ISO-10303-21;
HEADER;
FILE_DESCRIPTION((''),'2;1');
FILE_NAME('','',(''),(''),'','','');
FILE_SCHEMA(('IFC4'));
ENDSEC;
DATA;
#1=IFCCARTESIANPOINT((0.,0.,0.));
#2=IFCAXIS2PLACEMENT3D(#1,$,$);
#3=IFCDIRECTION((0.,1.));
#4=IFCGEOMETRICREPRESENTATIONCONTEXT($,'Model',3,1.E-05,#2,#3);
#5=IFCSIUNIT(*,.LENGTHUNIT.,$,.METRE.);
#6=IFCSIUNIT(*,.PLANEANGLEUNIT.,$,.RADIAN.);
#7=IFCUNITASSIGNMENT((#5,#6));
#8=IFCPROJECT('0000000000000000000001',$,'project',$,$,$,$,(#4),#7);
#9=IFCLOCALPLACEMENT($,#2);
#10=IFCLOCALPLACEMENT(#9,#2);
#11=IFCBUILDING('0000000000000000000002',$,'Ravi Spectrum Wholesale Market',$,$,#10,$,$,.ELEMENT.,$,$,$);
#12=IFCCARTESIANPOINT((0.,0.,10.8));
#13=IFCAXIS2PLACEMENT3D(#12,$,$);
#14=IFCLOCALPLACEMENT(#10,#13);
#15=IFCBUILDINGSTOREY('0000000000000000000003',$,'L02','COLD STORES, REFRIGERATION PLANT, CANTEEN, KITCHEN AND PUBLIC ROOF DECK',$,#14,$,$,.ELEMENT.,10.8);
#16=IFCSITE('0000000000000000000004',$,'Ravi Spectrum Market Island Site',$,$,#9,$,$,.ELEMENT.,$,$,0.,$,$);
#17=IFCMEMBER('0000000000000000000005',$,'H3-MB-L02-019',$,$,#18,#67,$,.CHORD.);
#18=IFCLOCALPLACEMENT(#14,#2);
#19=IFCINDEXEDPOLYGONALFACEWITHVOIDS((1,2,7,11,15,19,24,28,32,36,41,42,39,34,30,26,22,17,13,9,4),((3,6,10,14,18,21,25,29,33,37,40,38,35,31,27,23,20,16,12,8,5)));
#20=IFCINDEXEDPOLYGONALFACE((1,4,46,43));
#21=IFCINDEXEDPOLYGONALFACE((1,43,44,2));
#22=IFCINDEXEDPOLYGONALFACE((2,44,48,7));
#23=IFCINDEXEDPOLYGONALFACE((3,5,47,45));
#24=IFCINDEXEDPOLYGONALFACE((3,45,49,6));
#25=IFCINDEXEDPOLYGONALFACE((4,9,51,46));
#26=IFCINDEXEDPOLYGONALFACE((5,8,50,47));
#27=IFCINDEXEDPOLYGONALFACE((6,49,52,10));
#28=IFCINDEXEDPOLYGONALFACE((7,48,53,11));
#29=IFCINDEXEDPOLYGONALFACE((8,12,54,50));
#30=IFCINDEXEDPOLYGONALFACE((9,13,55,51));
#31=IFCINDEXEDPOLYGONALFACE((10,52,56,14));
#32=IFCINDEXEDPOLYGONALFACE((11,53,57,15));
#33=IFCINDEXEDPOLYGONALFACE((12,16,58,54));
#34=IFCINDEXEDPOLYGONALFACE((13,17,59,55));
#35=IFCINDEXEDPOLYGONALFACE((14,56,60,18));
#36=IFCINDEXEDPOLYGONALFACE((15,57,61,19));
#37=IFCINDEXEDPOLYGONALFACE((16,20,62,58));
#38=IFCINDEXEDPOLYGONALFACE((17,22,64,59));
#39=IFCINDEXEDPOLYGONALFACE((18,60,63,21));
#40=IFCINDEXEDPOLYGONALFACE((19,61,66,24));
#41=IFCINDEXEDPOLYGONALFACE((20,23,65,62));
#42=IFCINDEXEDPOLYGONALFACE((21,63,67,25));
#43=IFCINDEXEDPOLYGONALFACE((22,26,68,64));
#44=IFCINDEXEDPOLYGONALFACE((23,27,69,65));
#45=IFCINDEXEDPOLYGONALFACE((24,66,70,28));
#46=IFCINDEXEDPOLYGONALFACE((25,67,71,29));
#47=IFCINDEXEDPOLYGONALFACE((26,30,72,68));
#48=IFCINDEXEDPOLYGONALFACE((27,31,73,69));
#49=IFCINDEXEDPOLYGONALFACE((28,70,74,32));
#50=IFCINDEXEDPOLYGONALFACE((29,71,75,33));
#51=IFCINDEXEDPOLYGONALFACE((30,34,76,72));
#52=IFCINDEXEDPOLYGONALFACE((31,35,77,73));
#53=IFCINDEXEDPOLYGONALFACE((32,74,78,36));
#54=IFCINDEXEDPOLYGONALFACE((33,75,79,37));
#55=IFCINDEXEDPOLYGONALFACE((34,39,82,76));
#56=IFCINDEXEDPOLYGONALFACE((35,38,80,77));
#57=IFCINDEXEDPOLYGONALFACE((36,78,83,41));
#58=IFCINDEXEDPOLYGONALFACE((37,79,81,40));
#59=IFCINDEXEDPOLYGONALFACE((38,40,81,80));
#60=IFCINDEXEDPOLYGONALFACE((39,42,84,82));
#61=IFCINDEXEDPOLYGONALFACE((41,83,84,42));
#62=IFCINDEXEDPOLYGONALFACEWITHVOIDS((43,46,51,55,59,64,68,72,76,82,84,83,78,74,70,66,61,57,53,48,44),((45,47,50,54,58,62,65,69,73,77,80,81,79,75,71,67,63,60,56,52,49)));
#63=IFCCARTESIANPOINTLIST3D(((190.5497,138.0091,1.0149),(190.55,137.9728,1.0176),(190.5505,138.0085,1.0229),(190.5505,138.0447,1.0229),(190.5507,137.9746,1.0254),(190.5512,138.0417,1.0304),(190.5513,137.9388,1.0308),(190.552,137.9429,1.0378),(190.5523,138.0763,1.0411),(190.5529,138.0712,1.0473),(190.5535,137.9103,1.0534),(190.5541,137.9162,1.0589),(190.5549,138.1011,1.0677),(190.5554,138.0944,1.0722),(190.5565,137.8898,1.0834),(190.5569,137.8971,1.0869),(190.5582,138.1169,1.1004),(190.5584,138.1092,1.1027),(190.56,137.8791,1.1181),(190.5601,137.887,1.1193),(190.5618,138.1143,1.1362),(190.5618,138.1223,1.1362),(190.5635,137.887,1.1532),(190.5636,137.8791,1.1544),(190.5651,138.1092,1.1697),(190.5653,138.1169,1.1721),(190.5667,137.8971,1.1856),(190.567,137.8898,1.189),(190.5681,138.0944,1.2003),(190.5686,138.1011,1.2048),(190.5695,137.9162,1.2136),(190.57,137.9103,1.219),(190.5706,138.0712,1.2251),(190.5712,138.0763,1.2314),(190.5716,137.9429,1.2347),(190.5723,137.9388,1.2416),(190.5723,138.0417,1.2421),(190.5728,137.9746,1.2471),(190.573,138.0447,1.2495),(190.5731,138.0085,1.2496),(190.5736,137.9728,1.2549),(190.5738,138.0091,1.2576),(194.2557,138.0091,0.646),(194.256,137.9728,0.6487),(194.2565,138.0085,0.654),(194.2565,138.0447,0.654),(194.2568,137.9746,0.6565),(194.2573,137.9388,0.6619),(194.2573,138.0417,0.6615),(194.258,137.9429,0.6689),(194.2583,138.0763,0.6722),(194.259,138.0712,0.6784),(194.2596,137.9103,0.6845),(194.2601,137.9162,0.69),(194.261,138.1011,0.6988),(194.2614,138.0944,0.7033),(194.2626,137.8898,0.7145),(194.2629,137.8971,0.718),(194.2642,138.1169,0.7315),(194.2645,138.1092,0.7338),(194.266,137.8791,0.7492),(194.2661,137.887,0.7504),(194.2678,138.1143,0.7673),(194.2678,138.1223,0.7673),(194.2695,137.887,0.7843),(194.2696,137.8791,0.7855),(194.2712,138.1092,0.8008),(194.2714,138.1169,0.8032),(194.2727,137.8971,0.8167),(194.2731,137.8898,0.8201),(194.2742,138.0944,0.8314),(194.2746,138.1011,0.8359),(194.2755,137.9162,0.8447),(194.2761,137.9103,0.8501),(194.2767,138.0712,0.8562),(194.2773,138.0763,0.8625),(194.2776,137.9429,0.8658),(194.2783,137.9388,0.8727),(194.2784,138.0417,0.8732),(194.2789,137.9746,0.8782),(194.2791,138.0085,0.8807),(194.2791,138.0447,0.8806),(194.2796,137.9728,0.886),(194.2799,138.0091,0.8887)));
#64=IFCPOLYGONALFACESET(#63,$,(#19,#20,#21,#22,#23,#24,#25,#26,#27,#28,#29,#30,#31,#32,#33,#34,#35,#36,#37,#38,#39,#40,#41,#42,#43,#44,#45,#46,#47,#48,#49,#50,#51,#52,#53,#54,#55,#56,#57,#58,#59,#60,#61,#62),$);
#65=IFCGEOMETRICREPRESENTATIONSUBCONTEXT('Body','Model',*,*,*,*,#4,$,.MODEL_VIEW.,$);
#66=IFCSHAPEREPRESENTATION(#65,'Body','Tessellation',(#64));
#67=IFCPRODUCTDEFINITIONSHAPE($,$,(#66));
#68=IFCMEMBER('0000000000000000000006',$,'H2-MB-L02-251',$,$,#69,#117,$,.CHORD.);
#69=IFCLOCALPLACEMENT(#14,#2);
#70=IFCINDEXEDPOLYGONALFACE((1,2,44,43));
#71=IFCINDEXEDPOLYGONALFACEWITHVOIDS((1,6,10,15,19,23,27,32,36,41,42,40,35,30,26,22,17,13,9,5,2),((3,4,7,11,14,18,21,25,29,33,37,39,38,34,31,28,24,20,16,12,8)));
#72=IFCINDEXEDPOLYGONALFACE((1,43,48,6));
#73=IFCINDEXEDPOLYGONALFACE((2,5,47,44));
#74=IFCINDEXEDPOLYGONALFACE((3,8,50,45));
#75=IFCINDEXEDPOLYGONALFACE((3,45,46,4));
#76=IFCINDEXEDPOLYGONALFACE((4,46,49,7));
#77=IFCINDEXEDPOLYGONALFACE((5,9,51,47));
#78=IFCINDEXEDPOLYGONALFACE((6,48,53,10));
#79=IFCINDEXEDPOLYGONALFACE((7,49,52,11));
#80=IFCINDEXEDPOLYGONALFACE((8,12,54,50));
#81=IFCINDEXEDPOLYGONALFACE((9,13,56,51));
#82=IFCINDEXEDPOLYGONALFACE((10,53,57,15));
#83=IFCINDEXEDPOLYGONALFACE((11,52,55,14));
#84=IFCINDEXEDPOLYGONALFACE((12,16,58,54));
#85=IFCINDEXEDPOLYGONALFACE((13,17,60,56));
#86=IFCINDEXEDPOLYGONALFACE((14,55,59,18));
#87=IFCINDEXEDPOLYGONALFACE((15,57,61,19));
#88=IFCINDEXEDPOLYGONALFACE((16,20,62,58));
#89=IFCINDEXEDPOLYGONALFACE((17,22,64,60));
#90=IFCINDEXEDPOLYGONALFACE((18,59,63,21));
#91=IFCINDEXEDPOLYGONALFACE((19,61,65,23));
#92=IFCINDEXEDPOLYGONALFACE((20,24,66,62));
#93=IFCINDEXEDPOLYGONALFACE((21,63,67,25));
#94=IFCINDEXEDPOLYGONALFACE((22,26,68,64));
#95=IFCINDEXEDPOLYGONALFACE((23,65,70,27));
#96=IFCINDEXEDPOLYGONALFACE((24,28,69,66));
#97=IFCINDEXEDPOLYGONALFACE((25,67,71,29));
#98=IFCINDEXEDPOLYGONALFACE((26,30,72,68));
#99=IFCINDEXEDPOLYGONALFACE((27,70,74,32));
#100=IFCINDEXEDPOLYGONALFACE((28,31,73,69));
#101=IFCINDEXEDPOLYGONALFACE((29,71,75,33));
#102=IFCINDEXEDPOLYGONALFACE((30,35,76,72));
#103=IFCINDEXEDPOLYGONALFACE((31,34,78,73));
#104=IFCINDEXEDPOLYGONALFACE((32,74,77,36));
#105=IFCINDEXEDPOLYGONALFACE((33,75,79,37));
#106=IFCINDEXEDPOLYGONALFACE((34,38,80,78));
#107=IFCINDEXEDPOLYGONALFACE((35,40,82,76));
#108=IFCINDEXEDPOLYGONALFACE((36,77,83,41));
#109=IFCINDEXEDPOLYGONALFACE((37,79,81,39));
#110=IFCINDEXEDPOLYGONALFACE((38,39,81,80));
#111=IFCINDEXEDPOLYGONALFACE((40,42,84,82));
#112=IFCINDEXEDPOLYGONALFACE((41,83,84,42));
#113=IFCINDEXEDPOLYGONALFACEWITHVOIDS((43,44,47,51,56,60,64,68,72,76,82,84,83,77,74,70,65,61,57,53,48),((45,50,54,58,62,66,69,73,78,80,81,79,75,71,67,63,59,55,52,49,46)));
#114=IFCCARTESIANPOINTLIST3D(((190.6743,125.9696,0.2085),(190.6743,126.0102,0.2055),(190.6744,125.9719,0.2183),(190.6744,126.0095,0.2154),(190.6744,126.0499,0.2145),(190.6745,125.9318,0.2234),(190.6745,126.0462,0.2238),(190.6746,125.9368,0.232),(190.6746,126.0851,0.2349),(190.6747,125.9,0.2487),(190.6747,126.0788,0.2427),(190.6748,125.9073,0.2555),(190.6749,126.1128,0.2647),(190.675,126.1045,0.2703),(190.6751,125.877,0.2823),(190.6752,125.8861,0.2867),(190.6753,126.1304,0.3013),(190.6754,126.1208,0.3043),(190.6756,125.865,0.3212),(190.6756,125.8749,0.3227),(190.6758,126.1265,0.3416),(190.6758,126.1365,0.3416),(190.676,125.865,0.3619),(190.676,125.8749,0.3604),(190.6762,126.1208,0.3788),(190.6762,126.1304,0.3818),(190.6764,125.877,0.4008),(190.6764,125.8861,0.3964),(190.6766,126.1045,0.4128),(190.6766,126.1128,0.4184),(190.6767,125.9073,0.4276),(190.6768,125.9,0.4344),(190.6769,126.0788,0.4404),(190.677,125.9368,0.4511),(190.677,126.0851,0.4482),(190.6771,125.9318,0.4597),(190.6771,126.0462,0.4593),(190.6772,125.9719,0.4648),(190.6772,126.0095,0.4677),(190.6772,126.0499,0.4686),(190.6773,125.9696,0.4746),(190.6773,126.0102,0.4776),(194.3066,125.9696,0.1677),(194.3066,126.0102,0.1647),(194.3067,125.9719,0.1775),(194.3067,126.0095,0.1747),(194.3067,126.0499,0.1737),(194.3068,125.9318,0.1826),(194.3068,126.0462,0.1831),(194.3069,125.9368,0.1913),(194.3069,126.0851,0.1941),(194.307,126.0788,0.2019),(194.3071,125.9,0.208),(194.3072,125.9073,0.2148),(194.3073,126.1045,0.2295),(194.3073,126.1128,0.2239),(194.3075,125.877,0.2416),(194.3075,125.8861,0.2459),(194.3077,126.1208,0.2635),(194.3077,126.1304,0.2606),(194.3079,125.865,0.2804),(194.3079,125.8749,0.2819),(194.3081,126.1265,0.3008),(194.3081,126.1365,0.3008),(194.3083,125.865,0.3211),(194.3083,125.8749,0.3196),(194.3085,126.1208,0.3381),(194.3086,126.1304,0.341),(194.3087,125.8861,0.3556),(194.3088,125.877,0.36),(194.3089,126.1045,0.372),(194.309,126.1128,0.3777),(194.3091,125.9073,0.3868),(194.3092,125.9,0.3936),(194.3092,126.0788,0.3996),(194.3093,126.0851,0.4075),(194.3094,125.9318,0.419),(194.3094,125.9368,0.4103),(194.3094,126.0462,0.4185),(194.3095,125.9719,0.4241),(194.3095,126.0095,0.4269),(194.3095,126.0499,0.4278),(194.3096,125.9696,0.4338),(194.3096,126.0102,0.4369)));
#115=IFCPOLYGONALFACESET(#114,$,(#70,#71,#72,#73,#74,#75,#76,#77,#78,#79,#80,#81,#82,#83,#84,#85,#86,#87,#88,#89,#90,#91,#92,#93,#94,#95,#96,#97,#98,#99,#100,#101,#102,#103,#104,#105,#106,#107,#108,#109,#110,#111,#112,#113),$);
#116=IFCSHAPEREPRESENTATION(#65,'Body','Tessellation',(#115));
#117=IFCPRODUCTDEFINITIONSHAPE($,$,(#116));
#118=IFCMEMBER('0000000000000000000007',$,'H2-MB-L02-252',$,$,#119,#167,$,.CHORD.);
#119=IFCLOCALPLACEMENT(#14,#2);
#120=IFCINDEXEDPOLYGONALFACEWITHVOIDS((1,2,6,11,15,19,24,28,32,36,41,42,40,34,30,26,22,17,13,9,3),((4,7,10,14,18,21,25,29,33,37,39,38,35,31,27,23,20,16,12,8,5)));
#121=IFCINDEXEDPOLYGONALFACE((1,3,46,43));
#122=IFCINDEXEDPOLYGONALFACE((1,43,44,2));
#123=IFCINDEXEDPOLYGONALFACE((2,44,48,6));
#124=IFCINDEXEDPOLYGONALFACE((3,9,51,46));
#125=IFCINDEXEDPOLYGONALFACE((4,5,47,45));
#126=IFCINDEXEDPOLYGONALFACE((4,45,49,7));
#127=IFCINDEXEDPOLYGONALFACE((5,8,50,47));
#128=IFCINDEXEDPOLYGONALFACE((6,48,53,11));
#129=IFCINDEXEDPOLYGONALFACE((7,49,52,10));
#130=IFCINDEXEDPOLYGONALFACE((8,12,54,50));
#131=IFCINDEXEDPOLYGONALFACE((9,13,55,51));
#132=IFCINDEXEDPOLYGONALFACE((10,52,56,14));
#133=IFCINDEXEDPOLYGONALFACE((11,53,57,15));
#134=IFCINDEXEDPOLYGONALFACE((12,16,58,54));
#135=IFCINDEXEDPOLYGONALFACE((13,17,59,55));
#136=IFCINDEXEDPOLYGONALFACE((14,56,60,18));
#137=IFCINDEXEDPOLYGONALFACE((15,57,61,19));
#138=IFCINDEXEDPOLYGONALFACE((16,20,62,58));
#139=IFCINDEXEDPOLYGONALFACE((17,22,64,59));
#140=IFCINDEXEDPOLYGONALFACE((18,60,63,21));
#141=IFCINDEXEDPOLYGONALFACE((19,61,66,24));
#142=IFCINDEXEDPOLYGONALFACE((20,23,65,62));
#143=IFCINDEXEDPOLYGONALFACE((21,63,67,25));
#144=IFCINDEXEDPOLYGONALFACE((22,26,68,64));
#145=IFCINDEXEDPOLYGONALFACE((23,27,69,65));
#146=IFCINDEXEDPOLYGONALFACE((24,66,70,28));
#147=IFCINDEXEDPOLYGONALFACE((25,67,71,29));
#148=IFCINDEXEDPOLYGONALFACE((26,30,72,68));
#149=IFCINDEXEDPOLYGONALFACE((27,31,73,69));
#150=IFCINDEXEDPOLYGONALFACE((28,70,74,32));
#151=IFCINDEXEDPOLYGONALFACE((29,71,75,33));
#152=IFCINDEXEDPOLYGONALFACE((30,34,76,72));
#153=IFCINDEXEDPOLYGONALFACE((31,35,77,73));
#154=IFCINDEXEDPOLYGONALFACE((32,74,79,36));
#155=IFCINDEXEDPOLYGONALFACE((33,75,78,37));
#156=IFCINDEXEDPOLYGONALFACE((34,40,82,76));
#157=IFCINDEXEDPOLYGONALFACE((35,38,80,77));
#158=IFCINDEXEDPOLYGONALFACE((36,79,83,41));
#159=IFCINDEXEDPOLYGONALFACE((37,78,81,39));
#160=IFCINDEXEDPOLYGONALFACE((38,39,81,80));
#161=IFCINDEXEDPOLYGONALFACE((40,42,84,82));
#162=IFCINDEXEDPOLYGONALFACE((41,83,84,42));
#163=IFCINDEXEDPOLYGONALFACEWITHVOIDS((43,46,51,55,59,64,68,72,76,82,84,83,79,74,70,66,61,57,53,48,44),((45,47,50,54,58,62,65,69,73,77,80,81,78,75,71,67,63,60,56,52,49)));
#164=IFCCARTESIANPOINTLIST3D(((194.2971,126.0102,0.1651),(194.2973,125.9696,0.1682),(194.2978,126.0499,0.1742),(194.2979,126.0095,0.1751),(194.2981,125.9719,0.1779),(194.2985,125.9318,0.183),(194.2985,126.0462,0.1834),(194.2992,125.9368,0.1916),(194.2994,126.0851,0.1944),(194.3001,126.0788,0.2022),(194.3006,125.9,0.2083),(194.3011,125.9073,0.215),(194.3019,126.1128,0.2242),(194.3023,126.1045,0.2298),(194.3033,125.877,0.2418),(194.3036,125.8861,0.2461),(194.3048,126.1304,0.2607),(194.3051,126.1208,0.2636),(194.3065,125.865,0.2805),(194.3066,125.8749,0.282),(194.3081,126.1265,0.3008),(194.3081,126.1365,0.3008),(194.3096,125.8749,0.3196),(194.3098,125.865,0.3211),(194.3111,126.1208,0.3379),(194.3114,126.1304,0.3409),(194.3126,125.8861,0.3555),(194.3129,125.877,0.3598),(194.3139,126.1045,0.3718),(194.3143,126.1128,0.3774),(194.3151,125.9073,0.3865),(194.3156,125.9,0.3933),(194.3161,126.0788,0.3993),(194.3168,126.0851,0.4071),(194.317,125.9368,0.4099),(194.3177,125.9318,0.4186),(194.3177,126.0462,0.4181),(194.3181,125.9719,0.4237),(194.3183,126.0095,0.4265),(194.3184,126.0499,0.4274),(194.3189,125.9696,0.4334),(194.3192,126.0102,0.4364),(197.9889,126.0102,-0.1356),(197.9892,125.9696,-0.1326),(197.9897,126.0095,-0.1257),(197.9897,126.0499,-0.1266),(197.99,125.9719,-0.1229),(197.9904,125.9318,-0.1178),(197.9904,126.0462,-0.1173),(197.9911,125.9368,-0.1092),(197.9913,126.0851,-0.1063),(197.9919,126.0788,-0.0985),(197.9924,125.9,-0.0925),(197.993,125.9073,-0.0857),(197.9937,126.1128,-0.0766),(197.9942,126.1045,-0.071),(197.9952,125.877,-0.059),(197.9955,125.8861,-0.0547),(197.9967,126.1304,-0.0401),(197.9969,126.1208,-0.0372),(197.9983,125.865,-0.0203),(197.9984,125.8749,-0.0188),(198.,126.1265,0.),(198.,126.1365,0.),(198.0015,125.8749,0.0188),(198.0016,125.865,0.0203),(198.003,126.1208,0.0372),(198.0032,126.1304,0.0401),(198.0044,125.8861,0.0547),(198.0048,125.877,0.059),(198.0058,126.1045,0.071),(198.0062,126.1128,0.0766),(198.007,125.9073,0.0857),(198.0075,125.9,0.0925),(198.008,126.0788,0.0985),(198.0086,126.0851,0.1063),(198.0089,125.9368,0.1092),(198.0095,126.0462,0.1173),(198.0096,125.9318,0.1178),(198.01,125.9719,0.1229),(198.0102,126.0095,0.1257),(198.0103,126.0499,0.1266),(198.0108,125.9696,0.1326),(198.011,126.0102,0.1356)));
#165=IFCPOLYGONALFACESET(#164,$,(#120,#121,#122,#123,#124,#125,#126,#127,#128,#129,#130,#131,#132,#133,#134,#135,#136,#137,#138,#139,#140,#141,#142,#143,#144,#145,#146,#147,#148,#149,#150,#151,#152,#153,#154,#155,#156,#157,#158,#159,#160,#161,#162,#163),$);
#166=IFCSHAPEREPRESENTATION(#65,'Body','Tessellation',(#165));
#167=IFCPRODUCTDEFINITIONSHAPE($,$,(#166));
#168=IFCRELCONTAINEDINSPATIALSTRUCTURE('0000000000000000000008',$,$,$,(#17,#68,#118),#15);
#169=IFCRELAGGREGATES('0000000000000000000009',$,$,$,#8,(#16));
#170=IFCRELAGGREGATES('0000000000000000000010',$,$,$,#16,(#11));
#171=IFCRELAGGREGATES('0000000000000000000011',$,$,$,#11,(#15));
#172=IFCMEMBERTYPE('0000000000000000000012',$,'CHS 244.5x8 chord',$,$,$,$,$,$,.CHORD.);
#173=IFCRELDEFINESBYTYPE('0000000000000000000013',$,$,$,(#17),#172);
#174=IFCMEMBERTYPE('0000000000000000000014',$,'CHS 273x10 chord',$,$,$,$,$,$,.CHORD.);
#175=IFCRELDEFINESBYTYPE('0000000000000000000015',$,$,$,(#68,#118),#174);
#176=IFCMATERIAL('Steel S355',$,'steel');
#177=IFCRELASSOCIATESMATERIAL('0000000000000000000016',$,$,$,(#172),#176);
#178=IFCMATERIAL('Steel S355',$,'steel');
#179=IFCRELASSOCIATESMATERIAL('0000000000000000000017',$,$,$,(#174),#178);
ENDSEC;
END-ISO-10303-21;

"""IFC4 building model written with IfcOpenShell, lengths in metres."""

from ifc_helpers import new_model, si_unit, direction, frame, origin, origin_2d, place, context, subcontext, project, spatial, hollow_circle, extrude, material, material_profile, profile_set, type_object, element, save


model = new_model("IFC4")

# Units and contexts
model_context = context("Model", 3, precision=1e-05, world=origin(), true_north=direction((0.0, 1.0)))
body_context = subcontext(model_context, "Body", "Model", "MODEL_VIEW")
ifc_project = project(units=[si_unit("LENGTHUNIT", "METRE"), si_unit("PLANEANGLEUNIT", "RADIAN")], contexts=[model_context])

# Site, building, storey
site_placement = place(None, origin())
site = spatial("IfcSite", under=ifc_project, at=site_placement, Name="Ravi Spectrum Market Island Site", CompositionType="ELEMENT", RefElevation=0.0)
building_placement = place(site_placement, origin())
building = spatial("IfcBuilding", under=site, at=building_placement, Name="Ravi Spectrum Wholesale Market", CompositionType="ELEMENT")
storey_placement = place(building_placement, frame((0.0, 0.0, 10.8)))
storey = spatial("IfcBuildingStorey", under=building, at=storey_placement, Name="L02", Description="COLD STORES, REFRIGERATION PLANT, CANTEEN, KITCHEN AND PUBLIC ROOF DECK", CompositionType="ELEMENT", Elevation=10.8)

# Members
ifc_material_1 = material(Name="Steel S355", Category="steel")
ifc_material_profile_1 = material_profile(ifc_material_1, hollow_circle(Radius=0.1223, WallThickness=0.0081, at=origin_2d()))
ifc_profile_set_1 = profile_set([ifc_material_profile_1], Name="Steel S355")
member_type_1 = type_object("IfcMemberType", Name="CHS 244.5x8 chord", PredefinedType="CHORD", material=ifc_profile_set_1)
member_1_placement = place(storey_placement, frame((190.5618, 138.0, 1.1362), z_axis=(0.995083, 0.0, -0.099049), x_axis=(0.0, 1.0, 0.0)))
element("IfcMember", 1, at=member_1_placement, inside=storey, type_object=member_type_1, Name="H3-MB-L02-019", PredefinedType="CHORD", context=body_context, shape_type="SweptSolid", body=[
    extrude(hollow_circle(Radius=0.1223, WallThickness=0.0081, at=origin_2d()), origin(), (0.0, 0.0, 1.0), 3.7244),
])
ifc_material_2 = material(Name="Steel S355", Category="steel")
ifc_material_profile_2 = material_profile(ifc_material_2, hollow_circle(Radius=0.1365, WallThickness=0.01, at=origin_2d()))
ifc_profile_set_2 = profile_set([ifc_material_profile_2], Name="Steel S355")
member_type_2 = type_object("IfcMemberType", Name="CHS 273x10 chord", PredefinedType="CHORD", material=ifc_profile_set_2)
member_2_placement = place(storey_placement, frame((190.6758, 126.0, 0.3416), z_axis=(0.999937, 0.0, -0.011224), x_axis=(0.0, 1.0, 0.0)))
element("IfcMember", 2, at=member_2_placement, inside=storey, type_object=member_type_2, Name="H2-MB-L02-251", PredefinedType="CHORD", context=body_context, shape_type="SweptSolid", body=[
    extrude(hollow_circle(Radius=0.1365, WallThickness=0.01, at=origin_2d()), origin(), (0.0, 0.0, 1.0), 3.6326),
])
member_3_placement = place(storey_placement, frame((194.3081, 126.0, 0.3008), z_axis=(0.996698, 0.0, -0.081202), x_axis=(0.0, 1.0, 0.0)))
element("IfcMember", 3, at=member_3_placement, inside=storey, type_object=member_type_2, Name="H2-MB-L02-252", PredefinedType="CHORD", context=body_context, shape_type="SweptSolid", body=[
    extrude(hollow_circle(Radius=0.1365, WallThickness=0.01, at=origin_2d()), origin(), (0.0, 0.0, 1.0), 3.7041),
])

save(model, "model.ifc")
